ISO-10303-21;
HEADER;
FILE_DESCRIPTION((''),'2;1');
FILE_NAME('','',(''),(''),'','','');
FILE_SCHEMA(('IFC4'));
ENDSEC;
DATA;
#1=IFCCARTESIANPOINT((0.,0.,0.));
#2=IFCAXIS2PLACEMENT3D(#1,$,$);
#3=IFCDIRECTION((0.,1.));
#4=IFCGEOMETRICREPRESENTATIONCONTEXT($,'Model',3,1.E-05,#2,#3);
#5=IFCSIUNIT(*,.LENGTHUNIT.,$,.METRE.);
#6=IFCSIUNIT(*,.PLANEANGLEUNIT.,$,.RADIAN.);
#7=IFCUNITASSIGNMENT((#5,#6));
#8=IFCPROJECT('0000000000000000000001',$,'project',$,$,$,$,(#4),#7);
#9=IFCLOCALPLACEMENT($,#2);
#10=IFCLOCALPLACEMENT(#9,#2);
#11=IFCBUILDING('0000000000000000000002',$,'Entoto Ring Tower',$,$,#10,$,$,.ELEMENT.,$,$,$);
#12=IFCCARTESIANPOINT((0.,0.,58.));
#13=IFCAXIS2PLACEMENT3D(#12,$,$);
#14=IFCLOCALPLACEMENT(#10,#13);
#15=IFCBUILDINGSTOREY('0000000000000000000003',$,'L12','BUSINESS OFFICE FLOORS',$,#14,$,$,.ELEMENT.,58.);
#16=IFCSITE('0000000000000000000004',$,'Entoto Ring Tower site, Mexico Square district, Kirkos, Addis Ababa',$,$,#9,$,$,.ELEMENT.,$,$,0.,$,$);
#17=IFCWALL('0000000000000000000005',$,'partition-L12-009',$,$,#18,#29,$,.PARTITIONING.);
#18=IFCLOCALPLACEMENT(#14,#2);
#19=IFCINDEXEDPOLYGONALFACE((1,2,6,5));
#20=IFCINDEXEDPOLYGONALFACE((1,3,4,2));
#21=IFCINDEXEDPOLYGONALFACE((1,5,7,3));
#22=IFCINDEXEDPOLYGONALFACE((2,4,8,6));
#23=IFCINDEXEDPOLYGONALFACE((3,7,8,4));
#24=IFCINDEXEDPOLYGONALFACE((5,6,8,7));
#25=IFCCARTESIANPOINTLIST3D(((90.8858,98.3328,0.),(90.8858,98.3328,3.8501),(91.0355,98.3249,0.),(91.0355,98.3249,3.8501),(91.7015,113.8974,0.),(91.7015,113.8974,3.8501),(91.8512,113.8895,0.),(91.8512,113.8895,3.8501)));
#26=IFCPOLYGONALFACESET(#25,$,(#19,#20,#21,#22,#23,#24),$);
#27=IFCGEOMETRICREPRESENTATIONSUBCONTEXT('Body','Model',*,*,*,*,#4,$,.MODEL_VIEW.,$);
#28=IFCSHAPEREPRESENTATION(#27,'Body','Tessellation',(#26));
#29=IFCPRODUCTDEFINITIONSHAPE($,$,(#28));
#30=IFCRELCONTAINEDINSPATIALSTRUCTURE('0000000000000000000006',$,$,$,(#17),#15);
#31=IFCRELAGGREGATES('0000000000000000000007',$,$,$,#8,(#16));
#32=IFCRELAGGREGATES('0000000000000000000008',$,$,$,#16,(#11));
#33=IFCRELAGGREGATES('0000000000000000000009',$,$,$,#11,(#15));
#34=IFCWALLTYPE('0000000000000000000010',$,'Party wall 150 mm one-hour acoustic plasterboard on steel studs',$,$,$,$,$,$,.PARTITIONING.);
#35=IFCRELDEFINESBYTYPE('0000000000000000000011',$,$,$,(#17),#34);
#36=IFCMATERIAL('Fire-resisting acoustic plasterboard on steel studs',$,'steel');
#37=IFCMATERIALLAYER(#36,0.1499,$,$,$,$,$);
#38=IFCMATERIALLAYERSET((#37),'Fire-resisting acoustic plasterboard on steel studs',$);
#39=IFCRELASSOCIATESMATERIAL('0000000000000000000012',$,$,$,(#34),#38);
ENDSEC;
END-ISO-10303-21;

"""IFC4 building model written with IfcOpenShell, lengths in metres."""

from ifc_helpers import new_model, si_unit, direction, frame, frame_2d, origin, place, context, subcontext, project, spatial, rectangle, extrude, material, layer, layer_set, type_object, element, save


model = new_model("IFC4")

# Units and contexts
model_context = context("Model", 3, precision=1e-05, world=origin(), true_north=direction((0.0, 1.0)))
body_context = subcontext(model_context, "Body", "Model", "MODEL_VIEW")
ifc_project = project(units=[si_unit("LENGTHUNIT", "METRE"), si_unit("PLANEANGLEUNIT", "RADIAN")], contexts=[model_context])

# Site, building, storey
site_placement = place(None, origin())
site = spatial("IfcSite", under=ifc_project, at=site_placement, Name="Entoto Ring Tower site, Mexico Square district, Kirkos, Addis Ababa", CompositionType="ELEMENT", RefElevation=0.0)
building_placement = place(site_placement, origin())
building = spatial("IfcBuilding", under=site, at=building_placement, Name="Entoto Ring Tower", CompositionType="ELEMENT")
storey_placement = place(building_placement, frame((0.0, 0.0, 58.0)))
storey = spatial("IfcBuildingStorey", under=building, at=storey_placement, Name="L12", Description="BUSINESS OFFICE FLOORS", CompositionType="ELEMENT", Elevation=58.0)

# Wall
ifc_material_1 = material(Name="Fire-resisting acoustic plasterboard on steel studs", Category="steel")
ifc_layer_1 = layer(ifc_material_1, 0.1499)
ifc_layer_set_1 = layer_set([ifc_layer_1], Name="Fire-resisting acoustic plasterboard on steel studs")
wall_type_1 = type_object("IfcWallType", Name="Party wall 150 mm one-hour acoustic plasterboard on steel studs", PredefinedType="PARTITIONING", material=ifc_layer_set_1)
wall_1_placement = place(storey_placement, frame((90.9607, 98.3289, 0.0), z_axis=(0.0, 0.0, 1.0), x_axis=(0.052334, 0.99863, 0.0)))
element("IfcWall", 1, at=wall_1_placement, inside=storey, type_object=wall_type_1, Name="partition-L12-009", PredefinedType="PARTITIONING", context=body_context, shape_type="SweptSolid", body=[
    extrude(rectangle(XDim=15.5859, YDim=0.1499, at=frame_2d((7.793, 0.0))), origin(), (0.0, 0.0, 1.0), 3.8501),
])

save(model, "model.ifc")
